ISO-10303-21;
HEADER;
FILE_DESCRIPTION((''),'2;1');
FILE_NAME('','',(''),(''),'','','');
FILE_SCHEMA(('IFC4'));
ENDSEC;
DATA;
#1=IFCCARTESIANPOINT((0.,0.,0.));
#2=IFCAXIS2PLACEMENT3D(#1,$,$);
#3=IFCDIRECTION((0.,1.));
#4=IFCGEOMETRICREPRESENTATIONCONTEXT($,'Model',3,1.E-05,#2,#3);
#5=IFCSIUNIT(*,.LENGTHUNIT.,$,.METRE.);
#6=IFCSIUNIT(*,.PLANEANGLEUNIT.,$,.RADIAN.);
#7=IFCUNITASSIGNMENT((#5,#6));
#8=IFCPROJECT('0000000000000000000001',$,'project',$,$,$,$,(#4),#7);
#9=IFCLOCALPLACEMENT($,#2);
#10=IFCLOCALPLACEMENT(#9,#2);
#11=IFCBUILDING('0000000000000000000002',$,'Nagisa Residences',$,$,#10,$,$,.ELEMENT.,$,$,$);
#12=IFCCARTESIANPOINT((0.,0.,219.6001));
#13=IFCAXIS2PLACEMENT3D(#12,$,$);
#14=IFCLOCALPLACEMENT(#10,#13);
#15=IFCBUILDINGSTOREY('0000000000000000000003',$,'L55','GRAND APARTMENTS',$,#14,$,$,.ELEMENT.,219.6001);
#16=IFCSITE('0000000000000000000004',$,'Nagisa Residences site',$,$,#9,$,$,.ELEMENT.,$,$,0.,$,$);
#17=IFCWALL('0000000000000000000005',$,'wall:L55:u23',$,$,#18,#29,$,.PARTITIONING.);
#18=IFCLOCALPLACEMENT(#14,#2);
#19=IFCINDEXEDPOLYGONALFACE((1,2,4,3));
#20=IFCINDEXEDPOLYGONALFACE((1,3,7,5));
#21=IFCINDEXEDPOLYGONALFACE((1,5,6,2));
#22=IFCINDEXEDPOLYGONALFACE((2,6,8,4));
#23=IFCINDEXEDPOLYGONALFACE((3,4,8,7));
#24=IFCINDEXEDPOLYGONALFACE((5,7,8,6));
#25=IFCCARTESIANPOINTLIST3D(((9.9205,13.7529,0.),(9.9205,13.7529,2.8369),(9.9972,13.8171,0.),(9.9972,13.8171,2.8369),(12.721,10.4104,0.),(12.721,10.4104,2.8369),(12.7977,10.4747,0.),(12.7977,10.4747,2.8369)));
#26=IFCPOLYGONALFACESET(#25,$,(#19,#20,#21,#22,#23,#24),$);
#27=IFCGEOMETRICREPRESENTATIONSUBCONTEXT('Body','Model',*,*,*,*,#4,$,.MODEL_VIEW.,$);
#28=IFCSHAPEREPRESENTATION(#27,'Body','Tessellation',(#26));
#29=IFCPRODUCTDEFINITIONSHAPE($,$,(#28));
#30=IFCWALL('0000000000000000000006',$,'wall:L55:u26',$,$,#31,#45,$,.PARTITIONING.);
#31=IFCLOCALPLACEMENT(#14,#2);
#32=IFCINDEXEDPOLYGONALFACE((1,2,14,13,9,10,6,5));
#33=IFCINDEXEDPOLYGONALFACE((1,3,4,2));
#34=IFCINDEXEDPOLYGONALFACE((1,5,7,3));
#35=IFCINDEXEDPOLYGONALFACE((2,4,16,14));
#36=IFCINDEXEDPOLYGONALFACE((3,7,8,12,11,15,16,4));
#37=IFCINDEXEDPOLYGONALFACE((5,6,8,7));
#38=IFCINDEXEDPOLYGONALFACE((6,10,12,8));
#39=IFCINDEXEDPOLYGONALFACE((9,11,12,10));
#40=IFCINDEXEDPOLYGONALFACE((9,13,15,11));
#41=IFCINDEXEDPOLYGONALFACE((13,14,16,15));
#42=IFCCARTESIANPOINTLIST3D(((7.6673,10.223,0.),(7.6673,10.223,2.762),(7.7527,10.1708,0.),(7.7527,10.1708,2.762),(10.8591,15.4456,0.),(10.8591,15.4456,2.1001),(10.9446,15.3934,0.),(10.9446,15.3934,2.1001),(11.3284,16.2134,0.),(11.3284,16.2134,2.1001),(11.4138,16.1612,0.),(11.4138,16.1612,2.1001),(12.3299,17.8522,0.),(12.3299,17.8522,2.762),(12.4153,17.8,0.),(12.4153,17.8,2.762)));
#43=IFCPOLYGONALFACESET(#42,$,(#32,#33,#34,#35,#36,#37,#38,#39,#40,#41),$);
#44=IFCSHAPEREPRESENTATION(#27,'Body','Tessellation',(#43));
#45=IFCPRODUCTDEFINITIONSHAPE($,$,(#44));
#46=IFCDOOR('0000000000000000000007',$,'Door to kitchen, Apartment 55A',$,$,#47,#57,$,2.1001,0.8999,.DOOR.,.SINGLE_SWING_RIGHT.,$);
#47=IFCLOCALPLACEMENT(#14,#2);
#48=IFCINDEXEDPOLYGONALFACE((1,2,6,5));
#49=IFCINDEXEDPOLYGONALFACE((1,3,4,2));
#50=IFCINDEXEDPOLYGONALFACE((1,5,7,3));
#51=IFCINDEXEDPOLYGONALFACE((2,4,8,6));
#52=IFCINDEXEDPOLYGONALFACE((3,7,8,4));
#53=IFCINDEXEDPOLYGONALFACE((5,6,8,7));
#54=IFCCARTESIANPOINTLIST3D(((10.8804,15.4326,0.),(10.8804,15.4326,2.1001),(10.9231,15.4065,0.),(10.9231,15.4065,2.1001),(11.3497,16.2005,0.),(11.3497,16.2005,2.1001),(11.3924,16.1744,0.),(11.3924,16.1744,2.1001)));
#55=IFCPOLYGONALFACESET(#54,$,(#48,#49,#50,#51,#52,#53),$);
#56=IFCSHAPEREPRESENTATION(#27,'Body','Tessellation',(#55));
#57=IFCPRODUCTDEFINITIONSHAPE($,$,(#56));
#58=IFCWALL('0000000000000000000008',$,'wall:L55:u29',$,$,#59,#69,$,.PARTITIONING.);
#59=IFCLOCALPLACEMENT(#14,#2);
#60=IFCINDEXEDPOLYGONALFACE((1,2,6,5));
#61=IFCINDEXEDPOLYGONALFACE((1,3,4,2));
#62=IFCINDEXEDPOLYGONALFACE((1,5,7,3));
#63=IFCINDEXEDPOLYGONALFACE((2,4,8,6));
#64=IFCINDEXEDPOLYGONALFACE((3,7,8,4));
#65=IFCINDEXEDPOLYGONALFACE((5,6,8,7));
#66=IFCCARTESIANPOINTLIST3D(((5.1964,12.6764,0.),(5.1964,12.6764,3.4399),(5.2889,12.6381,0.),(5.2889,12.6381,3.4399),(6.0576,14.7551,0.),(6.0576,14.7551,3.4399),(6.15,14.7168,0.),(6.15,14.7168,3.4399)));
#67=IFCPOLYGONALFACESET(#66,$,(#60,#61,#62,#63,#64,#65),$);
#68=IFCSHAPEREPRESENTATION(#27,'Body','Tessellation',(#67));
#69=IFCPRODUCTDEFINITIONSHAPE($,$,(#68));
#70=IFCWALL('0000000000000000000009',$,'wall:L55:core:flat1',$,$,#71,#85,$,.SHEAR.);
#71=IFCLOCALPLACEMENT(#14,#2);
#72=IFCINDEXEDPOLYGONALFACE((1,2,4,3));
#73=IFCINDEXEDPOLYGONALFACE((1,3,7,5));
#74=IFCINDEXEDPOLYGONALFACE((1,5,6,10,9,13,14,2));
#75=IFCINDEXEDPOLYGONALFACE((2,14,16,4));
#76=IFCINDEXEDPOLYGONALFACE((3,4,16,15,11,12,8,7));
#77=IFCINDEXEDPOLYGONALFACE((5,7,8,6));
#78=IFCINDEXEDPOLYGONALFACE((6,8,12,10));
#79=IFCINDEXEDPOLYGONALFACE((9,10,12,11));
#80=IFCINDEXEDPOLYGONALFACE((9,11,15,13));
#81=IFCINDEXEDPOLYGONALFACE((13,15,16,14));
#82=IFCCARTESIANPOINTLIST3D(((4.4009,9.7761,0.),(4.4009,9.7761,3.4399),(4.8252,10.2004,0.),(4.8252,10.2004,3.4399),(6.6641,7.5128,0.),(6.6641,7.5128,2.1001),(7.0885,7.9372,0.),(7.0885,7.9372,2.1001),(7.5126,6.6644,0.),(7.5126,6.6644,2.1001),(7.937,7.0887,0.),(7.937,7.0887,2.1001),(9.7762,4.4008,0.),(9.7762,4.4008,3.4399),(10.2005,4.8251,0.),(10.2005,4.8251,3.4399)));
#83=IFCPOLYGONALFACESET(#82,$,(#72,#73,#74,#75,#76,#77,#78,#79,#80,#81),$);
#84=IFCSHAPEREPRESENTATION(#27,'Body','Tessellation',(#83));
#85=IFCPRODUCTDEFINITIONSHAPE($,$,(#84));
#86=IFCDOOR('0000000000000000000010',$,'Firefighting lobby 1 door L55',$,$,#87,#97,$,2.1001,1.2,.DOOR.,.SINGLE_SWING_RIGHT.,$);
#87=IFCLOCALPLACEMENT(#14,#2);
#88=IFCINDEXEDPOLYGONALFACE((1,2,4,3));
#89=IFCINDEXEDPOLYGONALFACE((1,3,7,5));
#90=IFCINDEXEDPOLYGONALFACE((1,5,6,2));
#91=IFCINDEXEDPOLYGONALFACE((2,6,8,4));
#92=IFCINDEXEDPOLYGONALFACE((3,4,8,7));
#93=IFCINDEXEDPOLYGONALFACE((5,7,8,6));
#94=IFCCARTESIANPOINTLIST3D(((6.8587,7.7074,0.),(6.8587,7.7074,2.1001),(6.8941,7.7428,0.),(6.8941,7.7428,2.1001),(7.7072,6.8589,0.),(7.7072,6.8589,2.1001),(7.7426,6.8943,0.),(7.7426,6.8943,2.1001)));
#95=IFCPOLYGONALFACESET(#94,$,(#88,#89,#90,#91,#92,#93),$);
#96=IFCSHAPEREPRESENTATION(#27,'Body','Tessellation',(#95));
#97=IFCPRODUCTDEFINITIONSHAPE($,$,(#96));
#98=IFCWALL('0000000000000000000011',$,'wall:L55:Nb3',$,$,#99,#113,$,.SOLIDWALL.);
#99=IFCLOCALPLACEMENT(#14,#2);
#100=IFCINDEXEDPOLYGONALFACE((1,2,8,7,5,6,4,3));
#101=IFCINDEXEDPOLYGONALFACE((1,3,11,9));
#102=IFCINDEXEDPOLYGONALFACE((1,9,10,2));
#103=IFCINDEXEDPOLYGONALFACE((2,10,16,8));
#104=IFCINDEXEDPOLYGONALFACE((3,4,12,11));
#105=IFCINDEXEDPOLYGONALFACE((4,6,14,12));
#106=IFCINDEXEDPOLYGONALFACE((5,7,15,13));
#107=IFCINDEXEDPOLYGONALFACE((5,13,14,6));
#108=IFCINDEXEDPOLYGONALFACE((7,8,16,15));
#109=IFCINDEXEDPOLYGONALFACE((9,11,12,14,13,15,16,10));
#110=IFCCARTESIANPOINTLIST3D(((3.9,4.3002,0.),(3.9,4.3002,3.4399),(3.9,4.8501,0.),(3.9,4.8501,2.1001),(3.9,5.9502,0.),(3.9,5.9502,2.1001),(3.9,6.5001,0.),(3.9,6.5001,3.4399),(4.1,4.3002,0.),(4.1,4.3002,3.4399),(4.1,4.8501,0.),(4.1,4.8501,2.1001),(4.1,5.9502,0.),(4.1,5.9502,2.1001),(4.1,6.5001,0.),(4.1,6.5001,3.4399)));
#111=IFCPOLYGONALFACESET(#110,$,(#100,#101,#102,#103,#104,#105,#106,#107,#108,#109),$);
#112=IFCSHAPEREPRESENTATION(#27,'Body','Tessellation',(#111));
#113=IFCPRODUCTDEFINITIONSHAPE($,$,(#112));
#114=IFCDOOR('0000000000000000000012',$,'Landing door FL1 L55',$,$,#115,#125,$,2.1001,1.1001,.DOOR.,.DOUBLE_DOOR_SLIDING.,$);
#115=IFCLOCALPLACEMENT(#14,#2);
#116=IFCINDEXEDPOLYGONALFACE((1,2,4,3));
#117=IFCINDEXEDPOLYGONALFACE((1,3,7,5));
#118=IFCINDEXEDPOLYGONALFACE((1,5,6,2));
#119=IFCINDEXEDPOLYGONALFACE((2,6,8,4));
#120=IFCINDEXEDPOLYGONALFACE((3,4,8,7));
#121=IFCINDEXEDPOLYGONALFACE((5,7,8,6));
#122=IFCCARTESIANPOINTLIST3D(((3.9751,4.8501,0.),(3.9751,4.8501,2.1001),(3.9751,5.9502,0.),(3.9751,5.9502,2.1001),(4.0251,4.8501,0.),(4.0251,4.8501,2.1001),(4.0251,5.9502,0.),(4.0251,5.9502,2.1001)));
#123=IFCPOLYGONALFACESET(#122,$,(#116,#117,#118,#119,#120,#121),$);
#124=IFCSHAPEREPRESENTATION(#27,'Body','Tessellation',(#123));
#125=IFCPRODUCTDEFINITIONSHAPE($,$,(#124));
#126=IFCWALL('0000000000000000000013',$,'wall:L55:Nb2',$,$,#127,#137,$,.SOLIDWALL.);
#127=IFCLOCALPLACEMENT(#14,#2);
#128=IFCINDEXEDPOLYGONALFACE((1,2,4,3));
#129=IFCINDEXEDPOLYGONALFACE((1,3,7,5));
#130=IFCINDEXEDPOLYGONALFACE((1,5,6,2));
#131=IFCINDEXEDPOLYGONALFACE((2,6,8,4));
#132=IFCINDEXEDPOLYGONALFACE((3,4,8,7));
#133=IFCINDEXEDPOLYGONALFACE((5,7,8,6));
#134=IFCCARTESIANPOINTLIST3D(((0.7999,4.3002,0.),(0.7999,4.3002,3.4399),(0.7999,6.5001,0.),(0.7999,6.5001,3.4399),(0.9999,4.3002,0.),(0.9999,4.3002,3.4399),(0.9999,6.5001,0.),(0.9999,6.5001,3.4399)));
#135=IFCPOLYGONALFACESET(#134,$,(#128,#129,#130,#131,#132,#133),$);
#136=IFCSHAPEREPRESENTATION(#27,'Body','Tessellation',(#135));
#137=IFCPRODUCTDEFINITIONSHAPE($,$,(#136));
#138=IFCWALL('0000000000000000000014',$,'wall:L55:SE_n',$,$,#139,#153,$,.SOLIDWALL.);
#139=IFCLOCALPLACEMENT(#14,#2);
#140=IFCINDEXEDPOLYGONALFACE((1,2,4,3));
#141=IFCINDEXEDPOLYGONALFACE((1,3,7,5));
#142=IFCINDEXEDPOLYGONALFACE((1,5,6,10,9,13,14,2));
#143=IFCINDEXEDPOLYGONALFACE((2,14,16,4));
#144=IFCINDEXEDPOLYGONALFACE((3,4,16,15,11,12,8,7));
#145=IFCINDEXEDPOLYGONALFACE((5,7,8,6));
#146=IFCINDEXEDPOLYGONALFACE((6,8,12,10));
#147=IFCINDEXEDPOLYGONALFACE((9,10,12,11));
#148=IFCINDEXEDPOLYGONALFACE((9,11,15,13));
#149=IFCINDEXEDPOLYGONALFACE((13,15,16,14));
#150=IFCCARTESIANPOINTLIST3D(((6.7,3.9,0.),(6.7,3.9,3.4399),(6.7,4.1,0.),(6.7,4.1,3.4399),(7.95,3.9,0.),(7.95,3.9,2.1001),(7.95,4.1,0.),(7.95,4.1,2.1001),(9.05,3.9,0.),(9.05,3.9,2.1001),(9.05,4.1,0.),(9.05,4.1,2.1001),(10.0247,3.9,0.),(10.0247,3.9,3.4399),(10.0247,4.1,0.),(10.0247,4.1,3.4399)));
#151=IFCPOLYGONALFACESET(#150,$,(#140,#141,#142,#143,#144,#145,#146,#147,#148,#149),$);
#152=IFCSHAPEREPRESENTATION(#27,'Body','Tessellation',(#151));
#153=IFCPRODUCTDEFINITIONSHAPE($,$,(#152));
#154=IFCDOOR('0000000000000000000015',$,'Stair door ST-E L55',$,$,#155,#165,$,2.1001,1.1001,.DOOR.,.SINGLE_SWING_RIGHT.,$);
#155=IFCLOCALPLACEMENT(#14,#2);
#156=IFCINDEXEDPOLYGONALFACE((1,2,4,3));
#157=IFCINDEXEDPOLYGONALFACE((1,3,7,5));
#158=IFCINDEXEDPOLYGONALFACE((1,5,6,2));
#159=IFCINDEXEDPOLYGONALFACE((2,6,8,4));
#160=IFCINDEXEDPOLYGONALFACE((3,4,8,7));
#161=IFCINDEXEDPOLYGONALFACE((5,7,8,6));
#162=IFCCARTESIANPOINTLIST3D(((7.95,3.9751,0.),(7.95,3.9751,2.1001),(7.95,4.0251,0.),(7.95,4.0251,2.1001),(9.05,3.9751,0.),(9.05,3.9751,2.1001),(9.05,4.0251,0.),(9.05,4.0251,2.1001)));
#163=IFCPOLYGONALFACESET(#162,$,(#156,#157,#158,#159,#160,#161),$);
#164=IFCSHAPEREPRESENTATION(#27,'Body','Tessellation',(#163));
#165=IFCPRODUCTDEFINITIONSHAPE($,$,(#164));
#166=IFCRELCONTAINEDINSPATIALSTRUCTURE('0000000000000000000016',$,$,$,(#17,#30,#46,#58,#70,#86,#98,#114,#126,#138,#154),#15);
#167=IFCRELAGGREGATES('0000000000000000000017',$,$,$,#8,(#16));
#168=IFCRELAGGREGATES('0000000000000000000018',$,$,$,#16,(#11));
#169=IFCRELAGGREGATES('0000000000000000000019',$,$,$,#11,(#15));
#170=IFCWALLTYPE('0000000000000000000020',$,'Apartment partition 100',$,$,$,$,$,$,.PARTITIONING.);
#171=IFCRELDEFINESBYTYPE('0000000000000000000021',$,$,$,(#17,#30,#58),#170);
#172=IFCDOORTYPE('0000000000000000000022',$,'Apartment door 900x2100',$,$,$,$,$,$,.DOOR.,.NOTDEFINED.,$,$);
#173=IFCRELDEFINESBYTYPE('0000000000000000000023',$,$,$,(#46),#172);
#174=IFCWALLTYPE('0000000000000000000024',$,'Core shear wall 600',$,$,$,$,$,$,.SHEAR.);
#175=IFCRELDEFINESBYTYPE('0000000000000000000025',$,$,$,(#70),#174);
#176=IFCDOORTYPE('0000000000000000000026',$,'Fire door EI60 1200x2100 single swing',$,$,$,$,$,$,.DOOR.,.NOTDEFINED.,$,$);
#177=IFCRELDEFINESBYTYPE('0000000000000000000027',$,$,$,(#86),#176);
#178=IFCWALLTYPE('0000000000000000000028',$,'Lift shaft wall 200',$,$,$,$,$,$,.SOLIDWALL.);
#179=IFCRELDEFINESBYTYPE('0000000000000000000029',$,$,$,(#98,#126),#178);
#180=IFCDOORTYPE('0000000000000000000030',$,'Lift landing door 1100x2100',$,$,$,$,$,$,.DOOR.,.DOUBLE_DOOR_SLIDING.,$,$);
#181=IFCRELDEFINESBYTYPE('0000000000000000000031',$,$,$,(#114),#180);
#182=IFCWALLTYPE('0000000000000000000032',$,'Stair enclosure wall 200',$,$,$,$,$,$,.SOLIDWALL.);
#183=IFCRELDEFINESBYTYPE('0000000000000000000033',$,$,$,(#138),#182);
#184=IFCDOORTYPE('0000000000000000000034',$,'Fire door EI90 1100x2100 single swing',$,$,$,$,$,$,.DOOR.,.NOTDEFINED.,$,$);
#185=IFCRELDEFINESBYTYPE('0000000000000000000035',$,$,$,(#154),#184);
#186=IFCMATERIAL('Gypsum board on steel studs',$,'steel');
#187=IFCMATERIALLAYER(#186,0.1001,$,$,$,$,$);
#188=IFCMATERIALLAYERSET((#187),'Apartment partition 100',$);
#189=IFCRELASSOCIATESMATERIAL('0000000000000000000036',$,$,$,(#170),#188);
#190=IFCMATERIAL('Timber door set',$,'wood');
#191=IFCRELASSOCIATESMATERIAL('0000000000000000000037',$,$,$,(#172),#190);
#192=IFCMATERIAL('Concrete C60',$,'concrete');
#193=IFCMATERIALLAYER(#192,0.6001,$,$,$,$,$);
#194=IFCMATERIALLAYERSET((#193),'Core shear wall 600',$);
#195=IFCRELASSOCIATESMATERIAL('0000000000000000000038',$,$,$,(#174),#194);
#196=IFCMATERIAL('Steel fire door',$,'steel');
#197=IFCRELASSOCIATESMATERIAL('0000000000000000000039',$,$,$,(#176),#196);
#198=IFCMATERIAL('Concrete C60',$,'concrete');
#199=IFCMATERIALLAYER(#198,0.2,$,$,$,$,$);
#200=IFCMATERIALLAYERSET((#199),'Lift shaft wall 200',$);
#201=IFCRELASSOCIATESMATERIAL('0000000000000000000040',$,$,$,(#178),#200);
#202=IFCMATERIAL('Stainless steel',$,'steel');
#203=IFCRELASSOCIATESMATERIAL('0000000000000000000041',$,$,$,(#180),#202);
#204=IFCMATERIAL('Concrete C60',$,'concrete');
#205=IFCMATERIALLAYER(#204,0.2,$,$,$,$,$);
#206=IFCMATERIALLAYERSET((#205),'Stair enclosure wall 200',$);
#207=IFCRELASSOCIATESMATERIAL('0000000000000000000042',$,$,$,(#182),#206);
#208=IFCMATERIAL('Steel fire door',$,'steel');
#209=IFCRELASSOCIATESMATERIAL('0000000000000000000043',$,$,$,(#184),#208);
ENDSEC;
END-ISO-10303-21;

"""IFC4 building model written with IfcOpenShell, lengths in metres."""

from ifc_helpers import new_model, si_unit, direction, frame, frame_2d, origin, place, context, subcontext, project, spatial, rectangle, extrude, material, layer, layer_set, type_object, element, fill, save


model = new_model("IFC4")

# Units and contexts
model_context = context("Model", 3, precision=1e-05, world=origin(), true_north=direction((0.0, 1.0)))
body_context = subcontext(model_context, "Body", "Model", "MODEL_VIEW")
ifc_project = project(units=[si_unit("LENGTHUNIT", "METRE"), si_unit("PLANEANGLEUNIT", "RADIAN")], contexts=[model_context])

# Site, building, storey
site_placement = place(None, origin())
site = spatial("IfcSite", under=ifc_project, at=site_placement, Name="Nagisa Residences site", CompositionType="ELEMENT", RefElevation=0.0)
building_placement = place(site_placement, origin())
building = spatial("IfcBuilding", under=site, at=building_placement, Name="Nagisa Residences", CompositionType="ELEMENT")
storey_placement = place(building_placement, frame((0.0, 0.0, 219.6001)))
storey = spatial("IfcBuildingStorey", under=building, at=storey_placement, Name="L55", Description="GRAND APARTMENTS", CompositionType="ELEMENT", Elevation=219.6001)

# Shared definitions
ifc_material_1 = material(Name="Gypsum board on steel studs", Category="steel")
ifc_layer_1 = layer(ifc_material_1, 0.1001)
ifc_layer_set_1 = layer_set([ifc_layer_1], Name="Apartment partition 100")
wall_type_1 = type_object("IfcWallType", Name="Apartment partition 100", PredefinedType="PARTITIONING", material=ifc_layer_set_1)
ifc_material_2 = material(Name="Timber door set", Category="wood")
door_type_1 = type_object("IfcDoorType", Name="Apartment door 900x2100", OperationType="NOTDEFINED", PredefinedType="DOOR", material=ifc_material_2)

# Wall
wall_1_placement = place(storey_placement, frame((12.7593, 10.4426, 0.0), z_axis=(0.0, 0.0, 1.0), x_axis=(-0.642225, 0.766516, 0.0)))
element("IfcWall", 1, at=wall_1_placement, inside=storey, type_object=wall_type_1, Name="wall:L55:u23", PredefinedType="PARTITIONING", context=body_context, shape_type="SweptSolid", body=[
    extrude(rectangle(XDim=4.3606, YDim=0.1001, at=frame_2d((2.1802, 0.0))), origin(), (0.0, 0.0, 1.0), 2.8369),
])

# Wall, opening, door
wall_2_placement = place(storey_placement, frame((7.71, 10.1968, 0.0), z_axis=(0.0, 0.0, 1.0), x_axis=(0.521478, 0.853265, 0.0)))
wall_2 = element("IfcWall", 2, at=wall_2_placement, inside=storey, type_object=wall_type_1, Name="wall:L55:u26", PredefinedType="PARTITIONING", context=body_context, shape_type="SweptSolid", body=[
    extrude(rectangle(XDim=8.9412, YDim=0.1001, at=frame_2d((4.4707, 0.0))), origin(), (0.0, 0.0, 1.0), 2.762),
])
opening_1_placement = place(wall_2_placement, frame((6.1208, 0.0, 0.0)))
opening_1 = element("IfcOpeningElement", 3, at=opening_1_placement, cuts=wall_2, PredefinedType="OPENING", context=body_context, shape_type="SweptSolid", body=[
    extrude(rectangle(XDim=0.8999, YDim=2.1001, at=frame_2d((0.45, 1.05))), frame((0.0, 0.0601, 0.0), z_axis=(0.0, -1.0, 0.0), x_axis=(1.0, 0.0, 0.0)), (0.0, 0.0, 1.0), 0.1201),
])
door_1_placement = place(opening_1_placement, frame((0.8999, 0.0, 0.0), x_axis=(-1.0, 0.0, 0.0)))
door_1 = element("IfcDoor", 4, at=door_1_placement, inside=storey, type_object=door_type_1, Name="Door to kitchen, Apartment 55A", OperationType="SINGLE_SWING_RIGHT", OverallHeight=2.1001, OverallWidth=0.8999, PredefinedType="DOOR", context=body_context, shape_type="SweptSolid", body=[
    extrude(rectangle(XDim=0.8999, YDim=2.1001, at=frame_2d((0.45, 1.05))), frame((0.0, 0.0249, 0.0), z_axis=(0.0, -1.0, 0.0), x_axis=(1.0, 0.0, 0.0)), (0.0, 0.0, 1.0), 0.05),
])
fill(opening_1, door_1)

# Wall
wall_3_placement = place(storey_placement, frame((5.2427, 12.6572, 0.0), z_axis=(0.0, 0.0, 1.0), x_axis=(0.382719, 0.923865, 0.0)))
element("IfcWall", 5, at=wall_3_placement, inside=storey, type_object=wall_type_1, Name="wall:L55:u29", PredefinedType="PARTITIONING", context=body_context, shape_type="SweptSolid", body=[
    extrude(rectangle(XDim=2.25, YDim=0.1001, at=frame_2d((1.125, 0.0))), origin(), (0.0, 0.0, 1.0), 3.4399),
])

# Walls, openings, doors
ifc_material_3 = material(Name="Concrete C60", Category="concrete")
ifc_layer_2 = layer(ifc_material_3, 0.6001)
ifc_layer_set_2 = layer_set([ifc_layer_2], Name="Core shear wall 600")
wall_type_2 = type_object("IfcWallType", Name="Core shear wall 600", PredefinedType="SHEAR", material=ifc_layer_set_2)
wall_4_placement = place(storey_placement, frame((9.9883, 4.613, 0.0), z_axis=(0.0, 0.0, 1.0), x_axis=(-0.707107, 0.707107, 0.0)))
wall_4 = element("IfcWall", 6, at=wall_4_placement, inside=storey, type_object=wall_type_2, Name="wall:L55:core:flat1", PredefinedType="SHEAR", context=body_context, shape_type="SweptSolid", body=[
    extrude(rectangle(XDim=7.6018, YDim=0.6001, at=frame_2d((3.8008, 0.0))), origin(), (0.0, 0.0, 1.0), 3.4399),
])
opening_2_placement = place(wall_4_placement, frame((3.2009, 0.0, 0.0)))
opening_2 = element("IfcOpeningElement", 7, at=opening_2_placement, cuts=wall_4, PredefinedType="OPENING", context=body_context, shape_type="SweptSolid", body=[
    extrude(rectangle(XDim=1.2, YDim=2.1001, at=frame_2d((0.6001, 1.05))), frame((0.0, 0.3101, 0.0), z_axis=(0.0, -1.0, 0.0), x_axis=(1.0, 0.0, 0.0)), (0.0, 0.0, 1.0), 0.6201),
])
ifc_material_4 = material(Name="Steel fire door", Category="steel")
door_type_2 = type_object("IfcDoorType", Name="Fire door EI60 1200x2100 single swing", OperationType="NOTDEFINED", PredefinedType="DOOR", material=ifc_material_4)
door_2_placement = place(opening_2_placement, origin())
door_2 = element("IfcDoor", 8, at=door_2_placement, inside=storey, type_object=door_type_2, Name="Firefighting lobby 1 door L55", OperationType="SINGLE_SWING_RIGHT", OverallHeight=2.1001, OverallWidth=1.2, PredefinedType="DOOR", context=body_context, shape_type="SweptSolid", body=[
    extrude(rectangle(XDim=1.2, YDim=2.1001, at=frame_2d((0.6001, 1.05))), frame((0.0, 0.0249, 0.0), z_axis=(0.0, -1.0, 0.0), x_axis=(1.0, 0.0, 0.0)), (0.0, 0.0, 1.0), 0.05),
])
fill(opening_2, door_2)
ifc_material_5 = material(Name="Concrete C60", Category="concrete")
ifc_layer_3 = layer(ifc_material_5, 0.2)
ifc_layer_set_3 = layer_set([ifc_layer_3], Name="Lift shaft wall 200")
wall_type_3 = type_object("IfcWallType", Name="Lift shaft wall 200", PredefinedType="SOLIDWALL", material=ifc_layer_set_3)
wall_5_placement = place(storey_placement, frame((4.0, 4.3, 0.0), z_axis=(0.0, 0.0, 1.0), x_axis=(0.0, 1.0, 0.0)))
wall_5 = element("IfcWall", 9, at=wall_5_placement, inside=storey, type_object=wall_type_3, Name="wall:L55:Nb3", PredefinedType="SOLIDWALL", context=body_context, shape_type="SweptSolid", body=[
    extrude(rectangle(XDim=2.2, YDim=0.2, at=frame_2d((1.1001, 0.0))), origin(), (0.0, 0.0, 1.0), 3.4399),
])
opening_3_placement = place(wall_5_placement, frame((0.55, 0.0, 0.0)))
opening_3 = element("IfcOpeningElement", 10, at=opening_3_placement, cuts=wall_5, PredefinedType="OPENING", context=body_context, shape_type="SweptSolid", body=[
    extrude(rectangle(XDim=1.1001, YDim=2.1001, at=frame_2d((0.55, 1.05))), frame((0.0, 0.1099, 0.0), z_axis=(0.0, -1.0, 0.0), x_axis=(1.0, 0.0, 0.0)), (0.0, 0.0, 1.0), 0.22),
])
ifc_material_6 = material(Name="Stainless steel", Category="steel")
door_type_3 = type_object("IfcDoorType", Name="Lift landing door 1100x2100", OperationType="DOUBLE_DOOR_SLIDING", PredefinedType="DOOR", material=ifc_material_6)
door_3_placement = place(opening_3_placement, origin())
door_3 = element("IfcDoor", 11, at=door_3_placement, inside=storey, type_object=door_type_3, Name="Landing door FL1 L55", OperationType="DOUBLE_DOOR_SLIDING", OverallHeight=2.1001, OverallWidth=1.1001, PredefinedType="DOOR", context=body_context, shape_type="SweptSolid", body=[
    extrude(rectangle(XDim=1.1001, YDim=2.1001, at=frame_2d((0.55, 1.05))), frame((0.0, 0.0249, 0.0), z_axis=(0.0, -1.0, 0.0), x_axis=(1.0, 0.0, 0.0)), (0.0, 0.0, 1.0), 0.05),
])
fill(opening_3, door_3)

# Wall
wall_6_placement = place(storey_placement, frame((0.8999, 4.3, 0.0), z_axis=(0.0, 0.0, 1.0), x_axis=(0.0, 1.0, 0.0)))
element("IfcWall", 12, at=wall_6_placement, inside=storey, type_object=wall_type_3, Name="wall:L55:Nb2", PredefinedType="SOLIDWALL", context=body_context, shape_type="SweptSolid", body=[
    extrude(rectangle(XDim=2.2, YDim=0.2, at=frame_2d((1.1001, 0.0))), origin(), (0.0, 0.0, 1.0), 3.4399),
])

# Wall, opening, door
ifc_material_7 = material(Name="Concrete C60", Category="concrete")
ifc_layer_4 = layer(ifc_material_7, 0.2)
ifc_layer_set_4 = layer_set([ifc_layer_4], Name="Stair enclosure wall 200")
wall_type_4 = type_object("IfcWallType", Name="Stair enclosure wall 200", PredefinedType="SOLIDWALL", material=ifc_layer_set_4)
wall_7_placement = place(storey_placement, frame((6.7, 4.0, 0.0), z_axis=(0.0, 0.0, 1.0), x_axis=(1.0, 0.0, 0.0)))
wall_7 = element("IfcWall", 13, at=wall_7_placement, inside=storey, type_object=wall_type_4, Name="wall:L55:SE_n", PredefinedType="SOLIDWALL", context=body_context, shape_type="SweptSolid", body=[
    extrude(rectangle(XDim=3.3247, YDim=0.2, at=frame_2d((1.6624, 0.0))), origin(), (0.0, 0.0, 1.0), 3.4399),
])
opening_4_placement = place(wall_7_placement, frame((1.25, 0.0, 0.0)))
opening_4 = element("IfcOpeningElement", 14, at=opening_4_placement, cuts=wall_7, PredefinedType="OPENING", context=body_context, shape_type="SweptSolid", body=[
    extrude(rectangle(XDim=1.1001, YDim=2.1001, at=frame_2d((0.55, 1.05))), frame((0.0, 0.1099, 0.0), z_axis=(0.0, -1.0, 0.0), x_axis=(1.0, 0.0, 0.0)), (0.0, 0.0, 1.0), 0.22),
])
ifc_material_8 = material(Name="Steel fire door", Category="steel")
door_type_4 = type_object("IfcDoorType", Name="Fire door EI90 1100x2100 single swing", OperationType="NOTDEFINED", PredefinedType="DOOR", material=ifc_material_8)
door_4_placement = place(opening_4_placement, frame((1.1001, 0.0, 0.0), x_axis=(-1.0, 0.0, 0.0)))
door_4 = element("IfcDoor", 15, at=door_4_placement, inside=storey, type_object=door_type_4, Name="Stair door ST-E L55", OperationType="SINGLE_SWING_RIGHT", OverallHeight=2.1001, OverallWidth=1.1001, PredefinedType="DOOR", context=body_context, shape_type="SweptSolid", body=[
    extrude(rectangle(XDim=1.1001, YDim=2.1001, at=frame_2d((0.55, 1.05))), frame((0.0, 0.0249, 0.0), z_axis=(0.0, -1.0, 0.0), x_axis=(1.0, 0.0, 0.0)), (0.0, 0.0, 1.0), 0.05),
])
fill(opening_4, door_4)

save(model, "model.ifc")
